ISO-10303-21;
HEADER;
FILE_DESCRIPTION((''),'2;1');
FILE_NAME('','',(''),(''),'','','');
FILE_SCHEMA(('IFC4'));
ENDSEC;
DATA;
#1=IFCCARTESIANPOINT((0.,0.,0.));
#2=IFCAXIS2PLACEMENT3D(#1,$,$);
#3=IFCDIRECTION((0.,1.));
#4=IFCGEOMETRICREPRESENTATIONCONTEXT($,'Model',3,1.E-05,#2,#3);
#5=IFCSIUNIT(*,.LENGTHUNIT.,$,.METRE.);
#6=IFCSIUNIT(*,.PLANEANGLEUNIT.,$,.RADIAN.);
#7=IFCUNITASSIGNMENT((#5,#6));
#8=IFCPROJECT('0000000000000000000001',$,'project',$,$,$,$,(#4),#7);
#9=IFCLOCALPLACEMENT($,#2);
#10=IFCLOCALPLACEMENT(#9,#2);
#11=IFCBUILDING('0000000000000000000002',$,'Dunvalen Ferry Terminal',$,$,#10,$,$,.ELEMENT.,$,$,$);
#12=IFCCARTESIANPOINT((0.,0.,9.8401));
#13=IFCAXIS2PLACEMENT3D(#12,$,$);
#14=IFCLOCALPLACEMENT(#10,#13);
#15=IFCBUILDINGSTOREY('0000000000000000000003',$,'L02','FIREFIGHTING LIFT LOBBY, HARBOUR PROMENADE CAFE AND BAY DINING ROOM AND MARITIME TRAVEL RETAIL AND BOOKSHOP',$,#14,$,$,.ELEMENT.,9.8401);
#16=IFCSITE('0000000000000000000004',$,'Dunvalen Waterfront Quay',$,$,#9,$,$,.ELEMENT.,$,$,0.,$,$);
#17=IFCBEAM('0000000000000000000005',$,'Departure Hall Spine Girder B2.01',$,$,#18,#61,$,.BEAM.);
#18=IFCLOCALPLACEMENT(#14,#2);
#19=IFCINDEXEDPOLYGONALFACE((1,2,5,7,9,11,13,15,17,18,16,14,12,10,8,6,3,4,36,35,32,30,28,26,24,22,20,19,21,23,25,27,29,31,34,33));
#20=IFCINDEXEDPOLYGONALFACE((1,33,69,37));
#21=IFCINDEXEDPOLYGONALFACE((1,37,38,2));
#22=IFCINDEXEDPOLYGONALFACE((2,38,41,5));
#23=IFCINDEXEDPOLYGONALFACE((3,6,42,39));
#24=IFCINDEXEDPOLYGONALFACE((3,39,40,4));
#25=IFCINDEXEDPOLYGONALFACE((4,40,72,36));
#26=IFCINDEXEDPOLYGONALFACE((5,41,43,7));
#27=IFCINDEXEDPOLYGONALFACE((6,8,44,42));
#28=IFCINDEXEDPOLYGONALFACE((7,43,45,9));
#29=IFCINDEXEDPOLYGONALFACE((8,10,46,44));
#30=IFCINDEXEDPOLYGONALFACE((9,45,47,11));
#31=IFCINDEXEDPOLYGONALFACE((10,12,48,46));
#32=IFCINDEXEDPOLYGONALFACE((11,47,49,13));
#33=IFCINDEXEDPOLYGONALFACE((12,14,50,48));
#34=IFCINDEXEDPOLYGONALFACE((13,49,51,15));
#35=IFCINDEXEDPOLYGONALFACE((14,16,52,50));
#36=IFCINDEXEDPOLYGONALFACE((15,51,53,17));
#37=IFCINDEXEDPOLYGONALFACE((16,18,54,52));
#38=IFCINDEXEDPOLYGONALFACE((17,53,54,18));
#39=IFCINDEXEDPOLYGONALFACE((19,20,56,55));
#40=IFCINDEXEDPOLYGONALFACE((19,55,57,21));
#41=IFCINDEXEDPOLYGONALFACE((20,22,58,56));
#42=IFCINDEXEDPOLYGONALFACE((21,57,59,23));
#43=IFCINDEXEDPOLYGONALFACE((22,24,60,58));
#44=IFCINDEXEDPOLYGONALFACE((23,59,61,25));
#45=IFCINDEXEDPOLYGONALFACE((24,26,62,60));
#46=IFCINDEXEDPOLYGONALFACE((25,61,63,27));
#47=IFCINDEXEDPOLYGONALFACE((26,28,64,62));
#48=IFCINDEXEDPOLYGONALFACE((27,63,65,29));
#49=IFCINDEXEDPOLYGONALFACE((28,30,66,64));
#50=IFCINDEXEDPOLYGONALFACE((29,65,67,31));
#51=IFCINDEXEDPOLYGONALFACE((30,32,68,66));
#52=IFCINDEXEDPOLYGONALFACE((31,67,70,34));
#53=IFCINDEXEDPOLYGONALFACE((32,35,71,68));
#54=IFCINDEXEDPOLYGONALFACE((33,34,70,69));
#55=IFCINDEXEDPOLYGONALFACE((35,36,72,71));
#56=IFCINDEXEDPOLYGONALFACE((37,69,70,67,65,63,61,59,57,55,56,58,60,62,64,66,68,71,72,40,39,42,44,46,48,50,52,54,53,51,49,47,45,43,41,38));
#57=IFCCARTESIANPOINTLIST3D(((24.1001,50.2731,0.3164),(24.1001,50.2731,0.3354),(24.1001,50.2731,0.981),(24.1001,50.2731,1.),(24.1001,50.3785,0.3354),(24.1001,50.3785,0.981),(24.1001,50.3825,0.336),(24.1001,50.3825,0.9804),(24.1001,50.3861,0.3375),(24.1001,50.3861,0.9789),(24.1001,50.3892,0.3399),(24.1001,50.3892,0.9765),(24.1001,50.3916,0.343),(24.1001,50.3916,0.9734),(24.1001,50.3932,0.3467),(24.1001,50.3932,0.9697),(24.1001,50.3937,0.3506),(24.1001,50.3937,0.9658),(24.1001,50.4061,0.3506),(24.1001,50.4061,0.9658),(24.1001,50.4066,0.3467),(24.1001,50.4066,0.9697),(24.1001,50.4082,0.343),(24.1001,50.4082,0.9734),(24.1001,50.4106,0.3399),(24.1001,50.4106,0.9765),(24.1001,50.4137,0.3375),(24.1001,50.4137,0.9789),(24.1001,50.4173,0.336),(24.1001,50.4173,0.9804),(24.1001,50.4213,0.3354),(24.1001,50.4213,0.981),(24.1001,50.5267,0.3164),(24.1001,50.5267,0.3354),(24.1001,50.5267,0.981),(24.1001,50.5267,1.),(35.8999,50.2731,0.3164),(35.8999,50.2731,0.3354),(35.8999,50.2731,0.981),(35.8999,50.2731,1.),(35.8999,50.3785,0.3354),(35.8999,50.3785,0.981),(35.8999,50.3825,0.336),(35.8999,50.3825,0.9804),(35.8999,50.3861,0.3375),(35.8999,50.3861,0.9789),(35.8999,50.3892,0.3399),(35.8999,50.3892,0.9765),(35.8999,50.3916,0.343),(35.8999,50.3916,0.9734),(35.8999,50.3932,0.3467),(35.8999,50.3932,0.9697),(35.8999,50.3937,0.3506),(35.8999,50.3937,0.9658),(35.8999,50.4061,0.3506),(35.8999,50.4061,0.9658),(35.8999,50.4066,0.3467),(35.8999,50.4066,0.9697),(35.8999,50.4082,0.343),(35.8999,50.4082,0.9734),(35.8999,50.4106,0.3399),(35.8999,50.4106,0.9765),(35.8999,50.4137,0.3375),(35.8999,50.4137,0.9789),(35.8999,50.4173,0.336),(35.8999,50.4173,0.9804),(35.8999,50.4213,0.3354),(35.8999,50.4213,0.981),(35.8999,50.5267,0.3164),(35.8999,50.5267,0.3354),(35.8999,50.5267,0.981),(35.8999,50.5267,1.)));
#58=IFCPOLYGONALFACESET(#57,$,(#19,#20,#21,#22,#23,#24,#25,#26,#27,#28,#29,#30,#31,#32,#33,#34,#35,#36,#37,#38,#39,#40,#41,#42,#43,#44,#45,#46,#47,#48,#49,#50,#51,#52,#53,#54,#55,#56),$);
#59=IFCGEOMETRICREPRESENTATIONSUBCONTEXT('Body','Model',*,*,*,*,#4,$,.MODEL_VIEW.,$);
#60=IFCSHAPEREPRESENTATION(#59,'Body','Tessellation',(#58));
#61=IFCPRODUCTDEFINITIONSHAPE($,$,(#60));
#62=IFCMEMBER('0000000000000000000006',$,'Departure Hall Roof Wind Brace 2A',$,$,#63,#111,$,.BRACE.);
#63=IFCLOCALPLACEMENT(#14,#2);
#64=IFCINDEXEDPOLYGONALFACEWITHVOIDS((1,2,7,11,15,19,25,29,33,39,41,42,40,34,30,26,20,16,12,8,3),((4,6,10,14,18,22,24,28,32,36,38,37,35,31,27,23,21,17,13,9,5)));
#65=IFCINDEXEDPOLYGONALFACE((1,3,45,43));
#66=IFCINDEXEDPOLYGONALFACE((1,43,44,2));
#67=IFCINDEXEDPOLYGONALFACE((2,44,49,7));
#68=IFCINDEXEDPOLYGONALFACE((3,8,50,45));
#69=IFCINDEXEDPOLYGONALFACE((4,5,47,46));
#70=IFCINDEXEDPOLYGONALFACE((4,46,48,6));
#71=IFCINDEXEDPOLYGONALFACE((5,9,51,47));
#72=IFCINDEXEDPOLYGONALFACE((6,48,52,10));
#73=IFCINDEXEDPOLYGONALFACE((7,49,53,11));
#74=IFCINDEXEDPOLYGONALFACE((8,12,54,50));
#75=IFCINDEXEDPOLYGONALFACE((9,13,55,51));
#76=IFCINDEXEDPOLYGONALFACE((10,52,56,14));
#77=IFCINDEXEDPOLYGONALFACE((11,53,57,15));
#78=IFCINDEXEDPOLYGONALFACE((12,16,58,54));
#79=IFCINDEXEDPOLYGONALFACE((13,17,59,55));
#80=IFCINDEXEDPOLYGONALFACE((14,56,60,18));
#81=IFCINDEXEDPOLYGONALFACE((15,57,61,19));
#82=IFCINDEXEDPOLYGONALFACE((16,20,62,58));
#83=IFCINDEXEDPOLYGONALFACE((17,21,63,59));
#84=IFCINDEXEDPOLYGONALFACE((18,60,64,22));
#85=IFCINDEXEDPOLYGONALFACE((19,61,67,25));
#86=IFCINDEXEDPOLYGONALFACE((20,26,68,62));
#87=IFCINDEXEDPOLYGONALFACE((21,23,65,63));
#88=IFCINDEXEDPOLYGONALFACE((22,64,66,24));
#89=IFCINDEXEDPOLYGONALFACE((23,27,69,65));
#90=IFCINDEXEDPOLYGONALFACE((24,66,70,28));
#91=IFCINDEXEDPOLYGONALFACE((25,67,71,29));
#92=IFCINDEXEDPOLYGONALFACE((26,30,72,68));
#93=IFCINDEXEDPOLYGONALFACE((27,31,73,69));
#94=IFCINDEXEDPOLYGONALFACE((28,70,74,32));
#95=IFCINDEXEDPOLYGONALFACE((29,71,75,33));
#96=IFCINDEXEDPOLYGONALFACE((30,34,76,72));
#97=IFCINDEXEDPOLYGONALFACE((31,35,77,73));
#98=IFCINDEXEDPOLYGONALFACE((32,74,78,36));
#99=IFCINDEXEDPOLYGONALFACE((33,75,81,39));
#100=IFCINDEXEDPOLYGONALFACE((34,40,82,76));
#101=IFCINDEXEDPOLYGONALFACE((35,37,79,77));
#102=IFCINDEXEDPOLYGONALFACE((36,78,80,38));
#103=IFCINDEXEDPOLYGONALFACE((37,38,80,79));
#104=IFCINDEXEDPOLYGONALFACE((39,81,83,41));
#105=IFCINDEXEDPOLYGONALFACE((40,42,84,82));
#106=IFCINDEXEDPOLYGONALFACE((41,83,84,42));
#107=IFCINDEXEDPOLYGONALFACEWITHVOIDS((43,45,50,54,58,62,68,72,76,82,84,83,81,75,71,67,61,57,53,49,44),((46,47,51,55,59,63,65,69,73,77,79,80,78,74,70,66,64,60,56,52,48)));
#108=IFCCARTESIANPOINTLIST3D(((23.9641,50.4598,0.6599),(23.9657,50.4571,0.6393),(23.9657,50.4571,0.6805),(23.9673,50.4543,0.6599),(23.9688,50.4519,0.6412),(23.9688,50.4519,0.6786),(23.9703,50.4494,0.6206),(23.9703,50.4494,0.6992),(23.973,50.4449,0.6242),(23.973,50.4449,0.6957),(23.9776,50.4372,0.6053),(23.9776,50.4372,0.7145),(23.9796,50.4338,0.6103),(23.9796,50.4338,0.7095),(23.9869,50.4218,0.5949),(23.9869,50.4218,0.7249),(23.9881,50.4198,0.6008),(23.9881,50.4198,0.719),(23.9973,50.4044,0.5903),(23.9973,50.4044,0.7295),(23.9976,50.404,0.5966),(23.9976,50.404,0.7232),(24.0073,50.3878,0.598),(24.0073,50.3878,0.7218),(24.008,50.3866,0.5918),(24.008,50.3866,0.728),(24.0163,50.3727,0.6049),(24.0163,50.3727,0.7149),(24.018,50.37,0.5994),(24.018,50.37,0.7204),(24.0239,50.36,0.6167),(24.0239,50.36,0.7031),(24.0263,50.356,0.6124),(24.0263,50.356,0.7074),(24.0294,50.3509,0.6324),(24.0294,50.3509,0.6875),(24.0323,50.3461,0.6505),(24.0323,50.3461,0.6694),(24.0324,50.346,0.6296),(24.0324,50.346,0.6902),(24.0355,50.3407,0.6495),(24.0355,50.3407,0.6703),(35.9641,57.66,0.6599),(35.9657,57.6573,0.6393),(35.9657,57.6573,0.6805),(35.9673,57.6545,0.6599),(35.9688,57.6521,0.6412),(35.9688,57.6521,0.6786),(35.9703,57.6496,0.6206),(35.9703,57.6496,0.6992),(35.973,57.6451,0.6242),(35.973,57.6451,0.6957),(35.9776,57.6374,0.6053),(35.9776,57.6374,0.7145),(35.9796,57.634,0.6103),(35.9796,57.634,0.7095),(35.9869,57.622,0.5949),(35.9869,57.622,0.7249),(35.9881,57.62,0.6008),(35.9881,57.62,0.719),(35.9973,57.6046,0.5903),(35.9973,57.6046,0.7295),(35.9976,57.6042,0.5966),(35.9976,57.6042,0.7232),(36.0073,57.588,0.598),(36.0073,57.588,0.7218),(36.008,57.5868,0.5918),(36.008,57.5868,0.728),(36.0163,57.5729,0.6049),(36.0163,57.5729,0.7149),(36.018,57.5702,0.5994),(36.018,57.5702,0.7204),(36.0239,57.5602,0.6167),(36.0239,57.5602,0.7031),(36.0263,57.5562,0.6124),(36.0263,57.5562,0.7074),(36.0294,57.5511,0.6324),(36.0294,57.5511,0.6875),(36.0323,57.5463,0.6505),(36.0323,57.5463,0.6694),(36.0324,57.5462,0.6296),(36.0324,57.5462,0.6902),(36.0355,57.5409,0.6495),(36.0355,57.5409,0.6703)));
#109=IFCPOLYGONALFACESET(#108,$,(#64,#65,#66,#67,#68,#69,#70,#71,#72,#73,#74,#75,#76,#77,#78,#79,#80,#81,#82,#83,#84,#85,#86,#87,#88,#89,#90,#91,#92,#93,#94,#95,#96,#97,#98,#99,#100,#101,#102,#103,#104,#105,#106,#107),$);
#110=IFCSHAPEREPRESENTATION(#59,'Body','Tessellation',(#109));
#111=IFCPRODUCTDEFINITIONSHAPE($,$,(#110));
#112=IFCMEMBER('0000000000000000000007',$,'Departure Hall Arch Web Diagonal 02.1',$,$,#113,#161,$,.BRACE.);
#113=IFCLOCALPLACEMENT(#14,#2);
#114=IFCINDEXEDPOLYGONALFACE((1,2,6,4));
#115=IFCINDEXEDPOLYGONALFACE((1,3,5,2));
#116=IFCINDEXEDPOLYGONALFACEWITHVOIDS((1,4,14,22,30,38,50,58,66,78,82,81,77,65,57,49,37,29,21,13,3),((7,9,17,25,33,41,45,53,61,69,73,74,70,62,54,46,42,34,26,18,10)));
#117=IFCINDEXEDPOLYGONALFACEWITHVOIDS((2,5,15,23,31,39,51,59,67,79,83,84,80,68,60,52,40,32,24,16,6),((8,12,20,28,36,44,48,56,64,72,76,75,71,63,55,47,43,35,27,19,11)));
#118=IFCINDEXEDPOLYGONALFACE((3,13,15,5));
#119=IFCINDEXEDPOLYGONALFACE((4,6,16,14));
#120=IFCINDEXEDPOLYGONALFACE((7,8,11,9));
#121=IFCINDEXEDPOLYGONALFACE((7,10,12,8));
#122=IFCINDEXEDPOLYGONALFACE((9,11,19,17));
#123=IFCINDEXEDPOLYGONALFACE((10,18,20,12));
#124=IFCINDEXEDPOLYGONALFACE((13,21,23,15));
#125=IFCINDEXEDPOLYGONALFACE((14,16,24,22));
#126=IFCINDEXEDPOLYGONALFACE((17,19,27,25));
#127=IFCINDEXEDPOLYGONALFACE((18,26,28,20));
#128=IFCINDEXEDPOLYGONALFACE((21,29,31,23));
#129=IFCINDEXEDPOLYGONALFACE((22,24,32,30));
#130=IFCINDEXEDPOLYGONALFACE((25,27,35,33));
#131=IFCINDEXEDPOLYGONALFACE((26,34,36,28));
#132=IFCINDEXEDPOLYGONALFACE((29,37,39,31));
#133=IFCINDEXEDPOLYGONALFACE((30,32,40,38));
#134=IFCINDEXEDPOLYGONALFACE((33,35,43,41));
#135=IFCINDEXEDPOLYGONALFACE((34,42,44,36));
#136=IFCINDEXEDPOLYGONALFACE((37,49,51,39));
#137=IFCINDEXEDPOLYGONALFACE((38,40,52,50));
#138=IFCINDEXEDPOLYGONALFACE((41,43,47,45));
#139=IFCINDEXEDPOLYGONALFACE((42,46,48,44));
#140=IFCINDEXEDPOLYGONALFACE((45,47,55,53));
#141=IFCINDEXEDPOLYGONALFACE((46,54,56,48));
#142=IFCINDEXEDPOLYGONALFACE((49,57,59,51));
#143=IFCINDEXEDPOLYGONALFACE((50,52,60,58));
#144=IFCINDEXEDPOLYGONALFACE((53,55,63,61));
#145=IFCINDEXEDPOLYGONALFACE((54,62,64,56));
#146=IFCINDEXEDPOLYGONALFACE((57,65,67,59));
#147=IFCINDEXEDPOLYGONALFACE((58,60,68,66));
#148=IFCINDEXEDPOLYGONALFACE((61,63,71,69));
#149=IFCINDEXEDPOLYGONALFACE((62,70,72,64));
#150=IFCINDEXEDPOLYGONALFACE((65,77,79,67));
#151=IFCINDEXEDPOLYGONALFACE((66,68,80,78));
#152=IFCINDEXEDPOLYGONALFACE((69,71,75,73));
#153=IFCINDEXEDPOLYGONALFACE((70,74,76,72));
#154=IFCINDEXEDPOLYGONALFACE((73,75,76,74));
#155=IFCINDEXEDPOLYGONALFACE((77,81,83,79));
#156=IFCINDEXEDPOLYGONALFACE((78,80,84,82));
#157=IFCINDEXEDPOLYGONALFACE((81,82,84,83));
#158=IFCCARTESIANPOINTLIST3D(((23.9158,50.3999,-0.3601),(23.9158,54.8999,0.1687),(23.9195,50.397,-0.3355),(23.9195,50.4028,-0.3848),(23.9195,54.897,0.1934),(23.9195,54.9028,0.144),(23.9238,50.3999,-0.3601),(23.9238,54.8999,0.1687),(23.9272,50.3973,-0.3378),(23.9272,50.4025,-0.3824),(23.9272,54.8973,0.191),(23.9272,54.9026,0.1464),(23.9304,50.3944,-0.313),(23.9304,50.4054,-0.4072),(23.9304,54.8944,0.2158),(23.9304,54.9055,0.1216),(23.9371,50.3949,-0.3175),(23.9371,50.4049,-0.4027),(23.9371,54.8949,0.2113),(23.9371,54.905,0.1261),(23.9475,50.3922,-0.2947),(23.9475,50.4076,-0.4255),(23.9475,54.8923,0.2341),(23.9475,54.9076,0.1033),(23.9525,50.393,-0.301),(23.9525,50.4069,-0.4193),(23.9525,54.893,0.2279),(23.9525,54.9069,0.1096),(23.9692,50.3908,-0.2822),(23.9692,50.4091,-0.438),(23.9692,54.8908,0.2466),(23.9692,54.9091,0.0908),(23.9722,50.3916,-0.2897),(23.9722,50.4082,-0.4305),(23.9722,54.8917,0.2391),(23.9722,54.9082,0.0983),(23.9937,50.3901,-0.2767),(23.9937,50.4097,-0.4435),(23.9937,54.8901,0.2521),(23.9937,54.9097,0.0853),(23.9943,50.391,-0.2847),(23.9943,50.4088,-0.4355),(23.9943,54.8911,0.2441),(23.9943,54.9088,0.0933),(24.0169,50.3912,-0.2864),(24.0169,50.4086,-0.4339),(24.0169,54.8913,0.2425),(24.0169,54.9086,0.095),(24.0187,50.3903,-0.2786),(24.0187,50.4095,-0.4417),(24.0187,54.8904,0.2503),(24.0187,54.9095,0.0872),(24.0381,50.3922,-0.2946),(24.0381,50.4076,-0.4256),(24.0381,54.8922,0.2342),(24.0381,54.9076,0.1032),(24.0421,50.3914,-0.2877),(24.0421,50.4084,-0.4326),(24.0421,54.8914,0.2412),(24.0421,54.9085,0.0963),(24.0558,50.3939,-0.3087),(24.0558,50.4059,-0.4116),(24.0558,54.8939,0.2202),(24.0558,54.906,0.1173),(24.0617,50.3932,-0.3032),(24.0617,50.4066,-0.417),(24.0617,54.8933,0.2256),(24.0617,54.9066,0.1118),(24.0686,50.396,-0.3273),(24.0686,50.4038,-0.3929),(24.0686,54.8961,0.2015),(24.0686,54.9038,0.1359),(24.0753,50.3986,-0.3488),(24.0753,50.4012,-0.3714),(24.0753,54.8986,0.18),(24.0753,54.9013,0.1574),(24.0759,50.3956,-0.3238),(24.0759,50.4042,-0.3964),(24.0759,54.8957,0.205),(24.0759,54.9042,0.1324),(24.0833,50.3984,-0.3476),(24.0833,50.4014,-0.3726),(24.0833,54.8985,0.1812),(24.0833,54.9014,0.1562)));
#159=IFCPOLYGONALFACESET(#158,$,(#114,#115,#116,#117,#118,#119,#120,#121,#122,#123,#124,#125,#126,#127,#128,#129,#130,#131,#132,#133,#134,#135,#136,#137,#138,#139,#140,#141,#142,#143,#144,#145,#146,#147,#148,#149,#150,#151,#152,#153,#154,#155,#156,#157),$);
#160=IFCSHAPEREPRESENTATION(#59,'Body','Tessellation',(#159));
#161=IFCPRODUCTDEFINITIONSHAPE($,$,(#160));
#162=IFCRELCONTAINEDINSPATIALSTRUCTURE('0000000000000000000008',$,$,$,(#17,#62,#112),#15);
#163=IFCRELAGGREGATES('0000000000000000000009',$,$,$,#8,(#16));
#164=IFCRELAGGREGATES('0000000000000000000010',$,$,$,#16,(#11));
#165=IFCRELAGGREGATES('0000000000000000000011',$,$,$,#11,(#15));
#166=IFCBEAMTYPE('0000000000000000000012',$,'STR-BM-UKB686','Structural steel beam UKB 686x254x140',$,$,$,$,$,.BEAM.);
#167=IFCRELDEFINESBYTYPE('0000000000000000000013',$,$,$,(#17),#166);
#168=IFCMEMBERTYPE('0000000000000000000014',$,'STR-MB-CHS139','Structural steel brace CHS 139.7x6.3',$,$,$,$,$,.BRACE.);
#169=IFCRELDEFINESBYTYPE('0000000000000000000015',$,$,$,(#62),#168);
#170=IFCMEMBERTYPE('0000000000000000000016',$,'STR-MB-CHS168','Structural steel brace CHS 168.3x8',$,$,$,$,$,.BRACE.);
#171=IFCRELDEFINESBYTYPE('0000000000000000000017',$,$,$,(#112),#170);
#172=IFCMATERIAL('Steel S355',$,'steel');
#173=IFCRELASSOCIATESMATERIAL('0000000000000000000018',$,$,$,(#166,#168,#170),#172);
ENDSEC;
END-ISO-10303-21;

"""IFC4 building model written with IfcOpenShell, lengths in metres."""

from ifc_helpers import new_model, si_unit, direction, frame, origin, origin_2d, place, context, subcontext, project, spatial, hollow_circle, i_section, extrude, material, material_profile, profile_set, type_object, element, save


model = new_model("IFC4")

# Units and contexts
model_context = context("Model", 3, precision=1e-05, world=origin(), true_north=direction((0.0, 1.0)))
body_context = subcontext(model_context, "Body", "Model", "MODEL_VIEW")
ifc_project = project(units=[si_unit("LENGTHUNIT", "METRE"), si_unit("PLANEANGLEUNIT", "RADIAN")], contexts=[model_context])

# Site, building, storey
site_placement = place(None, origin())
site = spatial("IfcSite", under=ifc_project, at=site_placement, Name="Dunvalen Waterfront Quay", CompositionType="ELEMENT", RefElevation=0.0)
building_placement = place(site_placement, origin())
building = spatial("IfcBuilding", under=site, at=building_placement, Name="Dunvalen Ferry Terminal", CompositionType="ELEMENT")
storey_placement = place(building_placement, frame((0.0, 0.0, 9.8401)))
storey = spatial("IfcBuildingStorey", under=building, at=storey_placement, Name="L02", Description="FIREFIGHTING LIFT LOBBY, HARBOUR PROMENADE CAFE AND BAY DINING ROOM AND MARITIME TRAVEL RETAIL AND BOOKSHOP", CompositionType="ELEMENT", Elevation=9.8401)

# Beam
ifc_material_1 = material(Name="Steel S355", Category="steel")
ifc_material_profile_1 = material_profile(ifc_material_1, i_section(OverallWidth=0.2537, OverallDepth=0.6836, WebThickness=0.0125, FlangeThickness=0.019, FilletRadius=0.0151, at=origin_2d()), Name="Steel S355")
ifc_profile_set_1 = profile_set([ifc_material_profile_1], Name="Steel S355")
beam_type_1 = type_object("IfcBeamType", Name="STR-BM-UKB686", Description="Structural steel beam UKB 686x254x140", PredefinedType="BEAM", material=ifc_profile_set_1)
beam_1_placement = place(storey_placement, frame((24.1001, 50.3999, 0.6582), z_axis=(1.0, 0.0, 0.0), x_axis=(0.0, 1.0, 0.0)))
element("IfcBeam", 1, at=beam_1_placement, inside=storey, type_object=beam_type_1, Name="Departure Hall Spine Girder B2.01", PredefinedType="BEAM", context=body_context, shape_type="SweptSolid", body=[
    extrude(i_section(OverallWidth=0.2537, OverallDepth=0.6836, WebThickness=0.0125, FlangeThickness=0.019, FilletRadius=0.0151, at=origin_2d()), origin(), (0.0, 0.0, 1.0), 11.7998),
])

# Members
ifc_material_profile_2 = material_profile(ifc_material_1, hollow_circle(Radius=0.0698, WallThickness=0.0063, at=origin_2d()), Name="Steel S355")
ifc_profile_set_2 = profile_set([ifc_material_profile_2], Name="Steel S355")
member_type_1 = type_object("IfcMemberType", Name="STR-MB-CHS139", Description="Structural steel brace CHS 139.7x6.3", PredefinedType="BRACE", material=ifc_profile_set_2)
member_1_placement = place(storey_placement, frame((24.0, 50.3999, 0.6599), z_axis=(0.857487, 0.514506, 0.0), x_axis=(-0.514506, 0.857487, 0.0)))
element("IfcMember", 2, at=member_1_placement, inside=storey, type_object=member_type_1, Name="Departure Hall Roof Wind Brace 2A", PredefinedType="BRACE", context=body_context, shape_type="SweptSolid", body=[
    extrude(hollow_circle(Radius=0.0698, WallThickness=0.0063, at=origin_2d()), origin(), (0.0, 0.0, 1.0), 13.9944),
])
ifc_material_profile_3 = material_profile(ifc_material_1, hollow_circle(Radius=0.0842, WallThickness=0.0081, at=origin_2d()), Name="Steel S355")
ifc_profile_set_3 = profile_set([ifc_material_profile_3], Name="Steel S355")
member_type_2 = type_object("IfcMemberType", Name="STR-MB-CHS168", Description="Structural steel brace CHS 168.3x8", PredefinedType="BRACE", material=ifc_profile_set_3)
member_2_placement = place(storey_placement, frame((24.0, 50.3999, -0.3601), z_axis=(0.0, 0.993166, 0.11671), x_axis=(-1.0, 0.0, 0.0)))
element("IfcMember", 3, at=member_2_placement, inside=storey, type_object=member_type_2, Name="Departure Hall Arch Web Diagonal 02.1", PredefinedType="BRACE", context=body_context, shape_type="SweptSolid", body=[
    extrude(hollow_circle(Radius=0.0842, WallThickness=0.0081, at=origin_2d()), origin(), (0.0, 0.0, 1.0), 4.531),
])

save(model, "model.ifc")
